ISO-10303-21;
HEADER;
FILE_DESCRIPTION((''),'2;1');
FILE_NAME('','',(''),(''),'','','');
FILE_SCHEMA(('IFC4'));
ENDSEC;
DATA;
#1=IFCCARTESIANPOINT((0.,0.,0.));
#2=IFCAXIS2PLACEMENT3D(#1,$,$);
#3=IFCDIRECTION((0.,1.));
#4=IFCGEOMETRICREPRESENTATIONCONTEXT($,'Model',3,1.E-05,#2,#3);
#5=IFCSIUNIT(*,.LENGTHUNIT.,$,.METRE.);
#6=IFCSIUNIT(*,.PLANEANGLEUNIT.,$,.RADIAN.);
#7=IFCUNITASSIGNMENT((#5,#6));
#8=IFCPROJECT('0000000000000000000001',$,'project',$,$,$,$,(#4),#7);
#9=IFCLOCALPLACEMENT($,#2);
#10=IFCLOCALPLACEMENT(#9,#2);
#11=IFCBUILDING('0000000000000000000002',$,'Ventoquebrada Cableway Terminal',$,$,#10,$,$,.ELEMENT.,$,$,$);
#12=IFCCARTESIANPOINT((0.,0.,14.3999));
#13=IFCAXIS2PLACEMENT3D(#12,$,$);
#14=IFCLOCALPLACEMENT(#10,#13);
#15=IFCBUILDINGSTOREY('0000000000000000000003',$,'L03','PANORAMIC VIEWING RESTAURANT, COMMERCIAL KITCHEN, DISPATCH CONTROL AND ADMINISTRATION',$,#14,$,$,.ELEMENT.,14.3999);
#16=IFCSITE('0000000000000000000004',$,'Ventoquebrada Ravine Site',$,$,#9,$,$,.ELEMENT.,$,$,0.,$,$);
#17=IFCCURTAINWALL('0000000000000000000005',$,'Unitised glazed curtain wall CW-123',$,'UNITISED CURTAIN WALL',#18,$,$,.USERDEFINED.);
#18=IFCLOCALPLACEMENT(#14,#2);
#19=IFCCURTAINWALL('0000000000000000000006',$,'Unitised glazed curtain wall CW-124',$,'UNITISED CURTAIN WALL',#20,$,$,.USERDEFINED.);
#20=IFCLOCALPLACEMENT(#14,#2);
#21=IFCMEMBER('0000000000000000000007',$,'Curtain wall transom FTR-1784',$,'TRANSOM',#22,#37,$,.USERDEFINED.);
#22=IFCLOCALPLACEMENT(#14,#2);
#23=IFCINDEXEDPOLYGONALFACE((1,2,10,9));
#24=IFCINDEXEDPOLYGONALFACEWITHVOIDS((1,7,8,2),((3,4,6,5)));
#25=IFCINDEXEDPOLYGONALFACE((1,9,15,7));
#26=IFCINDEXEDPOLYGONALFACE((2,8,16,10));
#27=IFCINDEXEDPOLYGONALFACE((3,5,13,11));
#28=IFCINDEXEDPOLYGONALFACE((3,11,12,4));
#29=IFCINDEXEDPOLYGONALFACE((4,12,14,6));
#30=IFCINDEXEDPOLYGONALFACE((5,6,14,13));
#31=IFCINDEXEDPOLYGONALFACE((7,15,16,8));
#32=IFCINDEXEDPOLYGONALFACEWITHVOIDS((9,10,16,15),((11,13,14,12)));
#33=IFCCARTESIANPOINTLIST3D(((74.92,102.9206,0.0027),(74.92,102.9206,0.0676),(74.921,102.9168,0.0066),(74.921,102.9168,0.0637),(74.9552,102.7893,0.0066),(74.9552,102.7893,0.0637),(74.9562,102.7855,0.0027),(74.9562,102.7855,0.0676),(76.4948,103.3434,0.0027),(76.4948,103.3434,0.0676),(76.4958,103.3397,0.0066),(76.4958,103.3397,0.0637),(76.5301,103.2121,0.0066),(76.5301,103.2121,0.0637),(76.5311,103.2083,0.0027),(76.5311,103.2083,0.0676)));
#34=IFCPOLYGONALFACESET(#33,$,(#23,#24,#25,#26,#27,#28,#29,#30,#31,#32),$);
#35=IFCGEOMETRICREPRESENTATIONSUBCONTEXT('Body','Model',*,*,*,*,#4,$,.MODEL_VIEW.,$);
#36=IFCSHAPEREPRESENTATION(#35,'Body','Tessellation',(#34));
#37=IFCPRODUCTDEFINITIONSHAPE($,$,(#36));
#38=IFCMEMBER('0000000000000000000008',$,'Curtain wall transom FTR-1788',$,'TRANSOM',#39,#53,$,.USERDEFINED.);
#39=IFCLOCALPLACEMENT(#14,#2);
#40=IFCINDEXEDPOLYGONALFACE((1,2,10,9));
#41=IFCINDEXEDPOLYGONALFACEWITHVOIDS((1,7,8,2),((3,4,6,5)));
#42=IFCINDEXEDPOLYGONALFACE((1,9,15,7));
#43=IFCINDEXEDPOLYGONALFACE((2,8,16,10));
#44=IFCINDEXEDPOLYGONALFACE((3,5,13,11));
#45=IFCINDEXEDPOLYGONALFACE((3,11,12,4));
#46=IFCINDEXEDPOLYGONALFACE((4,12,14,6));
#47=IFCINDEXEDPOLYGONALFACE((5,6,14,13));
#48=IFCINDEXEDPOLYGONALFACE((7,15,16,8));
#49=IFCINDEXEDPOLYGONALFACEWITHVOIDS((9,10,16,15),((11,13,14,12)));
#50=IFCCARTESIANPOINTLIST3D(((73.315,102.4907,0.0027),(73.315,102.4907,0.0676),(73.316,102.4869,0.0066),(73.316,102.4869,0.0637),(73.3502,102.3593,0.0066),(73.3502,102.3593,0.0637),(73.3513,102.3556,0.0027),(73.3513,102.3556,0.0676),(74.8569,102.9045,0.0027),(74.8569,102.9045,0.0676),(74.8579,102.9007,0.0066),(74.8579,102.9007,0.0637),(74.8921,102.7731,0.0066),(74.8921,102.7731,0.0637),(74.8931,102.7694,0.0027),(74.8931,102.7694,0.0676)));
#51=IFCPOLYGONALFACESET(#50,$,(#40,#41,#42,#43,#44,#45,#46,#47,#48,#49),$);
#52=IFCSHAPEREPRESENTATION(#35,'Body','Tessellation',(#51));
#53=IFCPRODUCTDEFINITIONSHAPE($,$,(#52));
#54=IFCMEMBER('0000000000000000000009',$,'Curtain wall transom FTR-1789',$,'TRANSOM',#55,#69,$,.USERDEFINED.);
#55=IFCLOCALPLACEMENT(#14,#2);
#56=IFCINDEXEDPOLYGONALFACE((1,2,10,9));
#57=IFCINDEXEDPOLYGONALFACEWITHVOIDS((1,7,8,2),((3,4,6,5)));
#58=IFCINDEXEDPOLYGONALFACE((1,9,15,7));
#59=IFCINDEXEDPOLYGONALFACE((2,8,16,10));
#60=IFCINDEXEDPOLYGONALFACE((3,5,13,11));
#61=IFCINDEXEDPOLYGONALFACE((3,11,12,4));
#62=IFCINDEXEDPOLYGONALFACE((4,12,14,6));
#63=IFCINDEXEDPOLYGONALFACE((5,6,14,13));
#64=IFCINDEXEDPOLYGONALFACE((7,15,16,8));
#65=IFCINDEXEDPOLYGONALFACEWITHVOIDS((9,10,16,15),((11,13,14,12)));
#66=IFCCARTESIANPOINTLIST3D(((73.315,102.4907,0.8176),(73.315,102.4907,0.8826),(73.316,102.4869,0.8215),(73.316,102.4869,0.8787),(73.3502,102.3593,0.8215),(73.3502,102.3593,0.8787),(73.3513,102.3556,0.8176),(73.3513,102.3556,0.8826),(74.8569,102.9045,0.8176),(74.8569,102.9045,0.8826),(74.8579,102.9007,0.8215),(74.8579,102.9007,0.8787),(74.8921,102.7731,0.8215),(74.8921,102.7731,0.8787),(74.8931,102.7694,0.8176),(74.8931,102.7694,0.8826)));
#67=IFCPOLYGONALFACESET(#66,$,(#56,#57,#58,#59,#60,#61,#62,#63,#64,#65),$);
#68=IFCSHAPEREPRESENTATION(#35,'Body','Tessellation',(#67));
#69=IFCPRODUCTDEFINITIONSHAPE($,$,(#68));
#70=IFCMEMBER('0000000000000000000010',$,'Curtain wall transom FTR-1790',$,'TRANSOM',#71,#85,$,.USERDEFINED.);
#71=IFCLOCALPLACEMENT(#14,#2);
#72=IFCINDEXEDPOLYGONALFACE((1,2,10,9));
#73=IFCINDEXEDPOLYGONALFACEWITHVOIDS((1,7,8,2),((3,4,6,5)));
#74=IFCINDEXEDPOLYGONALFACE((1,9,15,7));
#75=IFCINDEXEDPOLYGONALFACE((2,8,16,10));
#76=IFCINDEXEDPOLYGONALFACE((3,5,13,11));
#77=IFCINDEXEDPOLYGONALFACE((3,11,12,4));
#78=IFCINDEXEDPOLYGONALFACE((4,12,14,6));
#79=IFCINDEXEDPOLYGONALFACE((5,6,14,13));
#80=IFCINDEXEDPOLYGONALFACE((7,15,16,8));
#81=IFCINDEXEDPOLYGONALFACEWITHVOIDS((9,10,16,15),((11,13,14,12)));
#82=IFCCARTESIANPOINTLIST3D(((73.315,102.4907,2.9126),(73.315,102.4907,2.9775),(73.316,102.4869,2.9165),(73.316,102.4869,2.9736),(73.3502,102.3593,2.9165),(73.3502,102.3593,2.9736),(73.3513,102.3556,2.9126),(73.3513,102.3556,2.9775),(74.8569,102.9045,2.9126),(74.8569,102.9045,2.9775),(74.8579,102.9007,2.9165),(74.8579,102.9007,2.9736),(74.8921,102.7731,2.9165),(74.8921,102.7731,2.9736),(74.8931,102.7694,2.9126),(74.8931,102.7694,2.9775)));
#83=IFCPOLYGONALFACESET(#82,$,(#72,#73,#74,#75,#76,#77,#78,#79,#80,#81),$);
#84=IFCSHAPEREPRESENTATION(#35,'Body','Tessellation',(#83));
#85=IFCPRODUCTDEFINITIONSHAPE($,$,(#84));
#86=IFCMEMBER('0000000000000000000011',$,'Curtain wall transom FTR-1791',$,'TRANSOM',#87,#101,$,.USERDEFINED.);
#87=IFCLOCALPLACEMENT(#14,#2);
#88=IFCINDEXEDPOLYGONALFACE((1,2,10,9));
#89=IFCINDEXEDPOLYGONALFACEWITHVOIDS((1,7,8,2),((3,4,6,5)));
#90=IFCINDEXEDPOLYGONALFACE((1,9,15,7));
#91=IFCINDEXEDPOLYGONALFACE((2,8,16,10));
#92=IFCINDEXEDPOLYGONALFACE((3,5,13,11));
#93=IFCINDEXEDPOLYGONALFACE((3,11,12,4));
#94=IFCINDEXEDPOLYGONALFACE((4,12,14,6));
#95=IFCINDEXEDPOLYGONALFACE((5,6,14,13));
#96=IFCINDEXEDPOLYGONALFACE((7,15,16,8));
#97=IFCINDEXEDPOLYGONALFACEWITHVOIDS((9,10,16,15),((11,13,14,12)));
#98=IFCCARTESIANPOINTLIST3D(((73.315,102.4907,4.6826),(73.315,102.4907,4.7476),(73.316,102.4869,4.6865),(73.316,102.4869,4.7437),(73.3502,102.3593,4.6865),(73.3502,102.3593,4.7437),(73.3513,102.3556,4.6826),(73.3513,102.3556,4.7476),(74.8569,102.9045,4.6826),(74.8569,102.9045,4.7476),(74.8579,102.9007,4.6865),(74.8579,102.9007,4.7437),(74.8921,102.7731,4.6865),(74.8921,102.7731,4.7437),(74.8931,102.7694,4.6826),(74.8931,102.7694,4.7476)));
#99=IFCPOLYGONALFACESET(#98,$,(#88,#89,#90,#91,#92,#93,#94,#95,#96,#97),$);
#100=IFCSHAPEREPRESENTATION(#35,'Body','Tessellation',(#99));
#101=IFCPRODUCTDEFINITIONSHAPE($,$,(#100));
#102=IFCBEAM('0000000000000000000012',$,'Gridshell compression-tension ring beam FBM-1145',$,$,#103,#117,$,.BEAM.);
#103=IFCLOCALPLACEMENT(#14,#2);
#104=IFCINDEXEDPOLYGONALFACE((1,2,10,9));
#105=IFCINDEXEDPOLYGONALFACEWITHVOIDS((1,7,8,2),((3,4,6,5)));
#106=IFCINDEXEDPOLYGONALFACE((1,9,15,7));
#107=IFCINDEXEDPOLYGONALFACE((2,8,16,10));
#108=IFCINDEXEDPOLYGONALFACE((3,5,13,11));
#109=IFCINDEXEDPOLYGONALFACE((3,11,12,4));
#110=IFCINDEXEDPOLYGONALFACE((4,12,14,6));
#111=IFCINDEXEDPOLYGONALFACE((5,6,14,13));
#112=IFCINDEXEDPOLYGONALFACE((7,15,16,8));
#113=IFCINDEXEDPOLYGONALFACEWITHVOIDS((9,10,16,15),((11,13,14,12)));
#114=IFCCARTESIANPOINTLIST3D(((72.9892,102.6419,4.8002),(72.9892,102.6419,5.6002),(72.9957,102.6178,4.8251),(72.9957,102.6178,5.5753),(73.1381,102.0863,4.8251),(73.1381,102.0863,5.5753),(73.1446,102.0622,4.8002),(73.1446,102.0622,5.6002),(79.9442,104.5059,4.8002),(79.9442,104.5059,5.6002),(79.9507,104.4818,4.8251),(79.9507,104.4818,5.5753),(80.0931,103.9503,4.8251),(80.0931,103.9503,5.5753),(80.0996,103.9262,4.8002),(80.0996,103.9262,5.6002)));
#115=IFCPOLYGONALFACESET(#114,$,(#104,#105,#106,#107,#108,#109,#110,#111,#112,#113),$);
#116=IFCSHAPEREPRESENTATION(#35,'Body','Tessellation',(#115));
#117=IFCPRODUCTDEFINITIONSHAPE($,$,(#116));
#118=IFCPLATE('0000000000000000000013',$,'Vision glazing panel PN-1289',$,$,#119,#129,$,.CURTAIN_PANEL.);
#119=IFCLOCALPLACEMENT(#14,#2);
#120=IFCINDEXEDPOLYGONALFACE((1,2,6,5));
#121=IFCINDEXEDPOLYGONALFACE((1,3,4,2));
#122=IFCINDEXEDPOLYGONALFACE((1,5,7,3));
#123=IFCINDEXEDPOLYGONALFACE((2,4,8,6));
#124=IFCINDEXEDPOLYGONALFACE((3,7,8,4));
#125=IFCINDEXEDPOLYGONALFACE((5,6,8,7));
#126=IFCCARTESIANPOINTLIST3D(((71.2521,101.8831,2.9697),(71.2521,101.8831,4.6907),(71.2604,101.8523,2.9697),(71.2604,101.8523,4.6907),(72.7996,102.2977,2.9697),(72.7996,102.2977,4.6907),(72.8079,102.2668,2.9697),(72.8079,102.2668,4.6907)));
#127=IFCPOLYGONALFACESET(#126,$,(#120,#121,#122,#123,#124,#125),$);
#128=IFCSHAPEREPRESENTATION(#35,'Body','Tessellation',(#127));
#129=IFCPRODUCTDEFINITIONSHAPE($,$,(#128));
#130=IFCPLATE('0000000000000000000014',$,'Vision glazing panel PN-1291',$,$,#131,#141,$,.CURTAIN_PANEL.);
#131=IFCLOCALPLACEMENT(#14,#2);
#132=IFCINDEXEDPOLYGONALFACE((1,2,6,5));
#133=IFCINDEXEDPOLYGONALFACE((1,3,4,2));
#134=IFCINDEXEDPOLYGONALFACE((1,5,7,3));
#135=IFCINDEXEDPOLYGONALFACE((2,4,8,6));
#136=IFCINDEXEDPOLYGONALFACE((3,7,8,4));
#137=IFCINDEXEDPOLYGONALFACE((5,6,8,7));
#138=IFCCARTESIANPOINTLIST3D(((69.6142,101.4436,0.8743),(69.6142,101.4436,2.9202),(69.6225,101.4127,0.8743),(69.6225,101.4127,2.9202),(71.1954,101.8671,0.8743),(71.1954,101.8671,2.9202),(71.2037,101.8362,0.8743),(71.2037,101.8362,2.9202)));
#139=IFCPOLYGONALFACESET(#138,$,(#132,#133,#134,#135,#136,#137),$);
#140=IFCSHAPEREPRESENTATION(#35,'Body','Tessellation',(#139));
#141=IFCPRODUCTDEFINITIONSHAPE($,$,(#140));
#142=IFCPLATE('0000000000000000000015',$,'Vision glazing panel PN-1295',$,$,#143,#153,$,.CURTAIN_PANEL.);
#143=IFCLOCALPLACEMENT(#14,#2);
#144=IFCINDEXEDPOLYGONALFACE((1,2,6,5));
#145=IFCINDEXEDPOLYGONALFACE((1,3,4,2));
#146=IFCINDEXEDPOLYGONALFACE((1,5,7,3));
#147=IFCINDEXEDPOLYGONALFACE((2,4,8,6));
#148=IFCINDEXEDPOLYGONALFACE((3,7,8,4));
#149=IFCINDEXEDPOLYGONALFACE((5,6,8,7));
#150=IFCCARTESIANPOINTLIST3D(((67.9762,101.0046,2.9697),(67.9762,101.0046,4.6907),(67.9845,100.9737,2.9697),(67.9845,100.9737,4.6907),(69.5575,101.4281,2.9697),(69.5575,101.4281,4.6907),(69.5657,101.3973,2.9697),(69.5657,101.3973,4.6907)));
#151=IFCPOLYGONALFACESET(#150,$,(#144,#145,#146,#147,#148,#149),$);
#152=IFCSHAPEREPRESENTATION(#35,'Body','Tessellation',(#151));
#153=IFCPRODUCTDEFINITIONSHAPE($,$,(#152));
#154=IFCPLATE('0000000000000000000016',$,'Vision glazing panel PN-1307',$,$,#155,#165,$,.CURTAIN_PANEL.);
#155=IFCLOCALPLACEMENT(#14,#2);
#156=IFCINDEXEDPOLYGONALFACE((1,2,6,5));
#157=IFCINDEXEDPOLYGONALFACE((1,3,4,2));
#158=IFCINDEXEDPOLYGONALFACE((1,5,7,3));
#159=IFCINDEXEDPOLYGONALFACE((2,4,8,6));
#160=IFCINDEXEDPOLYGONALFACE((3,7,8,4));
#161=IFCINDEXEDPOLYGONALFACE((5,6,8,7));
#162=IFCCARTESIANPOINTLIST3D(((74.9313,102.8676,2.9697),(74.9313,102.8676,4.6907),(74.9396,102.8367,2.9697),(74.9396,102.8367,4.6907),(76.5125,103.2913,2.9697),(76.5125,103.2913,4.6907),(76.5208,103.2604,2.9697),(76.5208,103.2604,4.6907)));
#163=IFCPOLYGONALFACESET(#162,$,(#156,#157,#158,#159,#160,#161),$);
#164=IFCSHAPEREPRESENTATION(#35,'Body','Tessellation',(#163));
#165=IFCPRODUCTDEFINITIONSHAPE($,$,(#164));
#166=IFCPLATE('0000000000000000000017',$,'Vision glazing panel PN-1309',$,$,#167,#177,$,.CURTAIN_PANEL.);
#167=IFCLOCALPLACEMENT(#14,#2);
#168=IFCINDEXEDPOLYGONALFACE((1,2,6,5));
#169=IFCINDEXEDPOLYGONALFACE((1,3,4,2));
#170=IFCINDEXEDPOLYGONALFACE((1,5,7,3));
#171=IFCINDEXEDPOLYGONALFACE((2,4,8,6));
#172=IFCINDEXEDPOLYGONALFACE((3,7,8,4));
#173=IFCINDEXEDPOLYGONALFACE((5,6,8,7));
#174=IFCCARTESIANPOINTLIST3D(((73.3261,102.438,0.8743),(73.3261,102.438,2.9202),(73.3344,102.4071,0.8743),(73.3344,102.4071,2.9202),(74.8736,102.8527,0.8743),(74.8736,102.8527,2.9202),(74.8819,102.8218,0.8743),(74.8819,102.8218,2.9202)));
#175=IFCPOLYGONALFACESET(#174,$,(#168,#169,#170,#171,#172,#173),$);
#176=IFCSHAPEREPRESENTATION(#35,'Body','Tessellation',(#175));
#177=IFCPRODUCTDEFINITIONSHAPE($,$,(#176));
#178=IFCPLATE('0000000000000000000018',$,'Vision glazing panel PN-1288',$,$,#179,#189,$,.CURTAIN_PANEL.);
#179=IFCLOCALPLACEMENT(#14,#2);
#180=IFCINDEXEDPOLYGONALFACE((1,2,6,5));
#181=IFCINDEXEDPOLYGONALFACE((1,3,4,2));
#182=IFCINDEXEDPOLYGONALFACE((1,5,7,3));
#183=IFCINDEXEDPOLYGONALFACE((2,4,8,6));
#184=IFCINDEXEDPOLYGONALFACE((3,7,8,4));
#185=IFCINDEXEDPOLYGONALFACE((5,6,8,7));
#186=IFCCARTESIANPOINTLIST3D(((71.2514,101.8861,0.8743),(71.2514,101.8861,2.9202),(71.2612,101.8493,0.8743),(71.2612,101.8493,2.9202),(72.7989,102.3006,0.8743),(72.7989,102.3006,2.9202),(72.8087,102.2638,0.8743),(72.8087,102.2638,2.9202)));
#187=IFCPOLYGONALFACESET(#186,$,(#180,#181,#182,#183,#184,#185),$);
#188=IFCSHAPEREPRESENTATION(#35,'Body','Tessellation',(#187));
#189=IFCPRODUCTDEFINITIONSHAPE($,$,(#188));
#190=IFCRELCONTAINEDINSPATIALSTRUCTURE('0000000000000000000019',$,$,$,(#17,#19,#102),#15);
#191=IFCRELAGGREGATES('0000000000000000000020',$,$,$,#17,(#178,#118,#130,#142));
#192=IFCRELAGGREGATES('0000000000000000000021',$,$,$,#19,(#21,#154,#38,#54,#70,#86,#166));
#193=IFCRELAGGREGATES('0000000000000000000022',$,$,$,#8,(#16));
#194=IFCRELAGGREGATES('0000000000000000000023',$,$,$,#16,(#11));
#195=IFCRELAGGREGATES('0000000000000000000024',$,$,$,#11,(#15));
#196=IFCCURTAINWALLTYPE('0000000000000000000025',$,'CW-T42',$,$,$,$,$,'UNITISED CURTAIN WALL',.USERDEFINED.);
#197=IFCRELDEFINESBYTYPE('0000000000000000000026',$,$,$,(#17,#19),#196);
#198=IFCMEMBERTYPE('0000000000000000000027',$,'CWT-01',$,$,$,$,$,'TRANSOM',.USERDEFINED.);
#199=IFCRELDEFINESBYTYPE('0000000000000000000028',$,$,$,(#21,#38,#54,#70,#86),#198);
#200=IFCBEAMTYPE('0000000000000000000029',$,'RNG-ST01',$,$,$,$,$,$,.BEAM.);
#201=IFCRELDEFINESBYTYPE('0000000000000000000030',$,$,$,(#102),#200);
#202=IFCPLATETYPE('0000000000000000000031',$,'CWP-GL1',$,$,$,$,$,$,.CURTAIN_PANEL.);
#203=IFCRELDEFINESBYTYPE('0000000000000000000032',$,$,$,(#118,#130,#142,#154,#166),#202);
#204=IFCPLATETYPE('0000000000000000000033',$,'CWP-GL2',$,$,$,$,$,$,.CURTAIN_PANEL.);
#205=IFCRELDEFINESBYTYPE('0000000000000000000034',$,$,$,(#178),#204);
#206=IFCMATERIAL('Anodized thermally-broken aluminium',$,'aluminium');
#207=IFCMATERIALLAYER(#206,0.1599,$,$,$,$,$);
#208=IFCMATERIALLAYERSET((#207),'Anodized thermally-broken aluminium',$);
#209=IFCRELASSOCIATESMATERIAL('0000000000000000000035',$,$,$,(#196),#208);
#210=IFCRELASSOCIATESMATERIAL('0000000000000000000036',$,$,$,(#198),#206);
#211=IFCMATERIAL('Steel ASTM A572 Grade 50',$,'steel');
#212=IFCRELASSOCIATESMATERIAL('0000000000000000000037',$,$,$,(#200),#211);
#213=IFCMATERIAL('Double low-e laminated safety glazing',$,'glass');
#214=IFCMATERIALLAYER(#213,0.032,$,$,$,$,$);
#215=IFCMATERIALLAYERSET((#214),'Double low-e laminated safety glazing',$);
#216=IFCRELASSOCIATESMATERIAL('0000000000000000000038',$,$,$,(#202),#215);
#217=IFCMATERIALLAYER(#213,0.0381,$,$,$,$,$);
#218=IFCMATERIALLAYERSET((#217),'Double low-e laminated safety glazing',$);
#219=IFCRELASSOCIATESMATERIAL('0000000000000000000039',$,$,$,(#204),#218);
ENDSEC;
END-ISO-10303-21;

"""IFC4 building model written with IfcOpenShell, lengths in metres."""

from ifc_helpers import new_model, si_unit, direction, frame, origin, origin_2d, place, context, subcontext, project, spatial, rectangle, hollow_rectangle, extrude, material, layer, layer_set, material_profile, profile_set, type_object, element, aggregate, save


model = new_model("IFC4")

# Units and contexts
model_context = context("Model", 3, precision=1e-05, world=origin(), true_north=direction((0.0, 1.0)))
body_context = subcontext(model_context, "Body", "Model", "MODEL_VIEW")
ifc_project = project(units=[si_unit("LENGTHUNIT", "METRE"), si_unit("PLANEANGLEUNIT", "RADIAN")], contexts=[model_context])

# Site, building, storey
site_placement = place(None, origin())
site = spatial("IfcSite", under=ifc_project, at=site_placement, Name="Ventoquebrada Ravine Site", CompositionType="ELEMENT", RefElevation=0.0)
building_placement = place(site_placement, origin())
building = spatial("IfcBuilding", under=site, at=building_placement, Name="Ventoquebrada Cableway Terminal", CompositionType="ELEMENT")
storey_placement = place(building_placement, frame((0.0, 0.0, 14.3999)))
storey = spatial("IfcBuildingStorey", under=building, at=storey_placement, Name="L03", Description="PANORAMIC VIEWING RESTAURANT, COMMERCIAL KITCHEN, DISPATCH CONTROL AND ADMINISTRATION", CompositionType="ELEMENT", Elevation=14.3999)

# Curtain walls
ifc_material_1 = material(Name="Anodized thermally-broken aluminium", Category="aluminium")
ifc_layer_1 = layer(ifc_material_1, 0.1599)
ifc_layer_set_1 = layer_set([ifc_layer_1], Name="Anodized thermally-broken aluminium")
curtain_wall_type = type_object("IfcCurtainWallType", Name="CW-T42", ElementType="UNITISED CURTAIN WALL", PredefinedType="USERDEFINED", material=ifc_layer_set_1)
curtain_wall_1_placement = place(storey_placement, origin())
curtain_wall_1 = element("IfcCurtainWall", 1, at=curtain_wall_1_placement, inside=storey, type_object=curtain_wall_type, Name="Unitised glazed curtain wall CW-123", ObjectType="UNITISED CURTAIN WALL", PredefinedType="USERDEFINED")
curtain_wall_2_placement = place(storey_placement, origin())
curtain_wall_2 = element("IfcCurtainWall", 2, at=curtain_wall_2_placement, inside=storey, type_object=curtain_wall_type, Name="Unitised glazed curtain wall CW-124", ObjectType="UNITISED CURTAIN WALL", PredefinedType="USERDEFINED")

# Members
ifc_material_profile_1 = material_profile(ifc_material_1, hollow_rectangle(XDim=0.0649, YDim=0.1399, WallThickness=0.0039, at=origin_2d()), Name="CW-TRN-65X140")
ifc_profile_set_1 = profile_set([ifc_material_profile_1], Name="Anodized thermally-broken aluminium")
member_type_1 = type_object("IfcMemberType", Name="CWT-01", ElementType="TRANSOM", PredefinedType="USERDEFINED", material=ifc_profile_set_1)
member_1_placement = place(storey_placement, frame((76.5129, 103.2759, 0.0352), z_axis=(-0.965796, -0.259302, 0.0), x_axis=(0.0, 0.0, 1.0)))
member_1 = element("IfcMember", 3, at=member_1_placement, type_object=member_type_1, Name="Curtain wall transom FTR-1784", ObjectType="TRANSOM", PredefinedType="USERDEFINED", context=body_context, shape_type="SweptSolid", body=[
    extrude(hollow_rectangle(XDim=0.0649, YDim=0.1399, WallThickness=0.0039, at=origin_2d()), origin(), (0.0, 0.0, 1.0), 1.6306),
])
member_2_placement = place(storey_placement, frame((74.875, 102.8369, 0.0352), z_axis=(-0.965825, -0.259195, 0.0), x_axis=(0.0, 0.0, 1.0)))
member_2 = element("IfcMember", 4, at=member_2_placement, type_object=member_type_1, Name="Curtain wall transom FTR-1788", ObjectType="TRANSOM", PredefinedType="USERDEFINED", context=body_context, shape_type="SweptSolid", body=[
    extrude(hollow_rectangle(XDim=0.0649, YDim=0.1399, WallThickness=0.0039, at=origin_2d()), origin(), (0.0, 0.0, 1.0), 1.5964),
])
member_3_placement = place(storey_placement, frame((74.875, 102.8369, 0.8501), z_axis=(-0.965825, -0.259195, 0.0), x_axis=(0.0, 0.0, 1.0)))
member_3 = element("IfcMember", 5, at=member_3_placement, type_object=member_type_1, Name="Curtain wall transom FTR-1789", ObjectType="TRANSOM", PredefinedType="USERDEFINED", context=body_context, shape_type="SweptSolid", body=[
    extrude(hollow_rectangle(XDim=0.0649, YDim=0.1399, WallThickness=0.0039, at=origin_2d()), origin(), (0.0, 0.0, 1.0), 1.5964),
])
member_4_placement = place(storey_placement, frame((74.875, 102.8369, 2.9451), z_axis=(-0.965825, -0.259195, 0.0), x_axis=(0.0, 0.0, 1.0)))
member_4 = element("IfcMember", 6, at=member_4_placement, type_object=member_type_1, Name="Curtain wall transom FTR-1790", ObjectType="TRANSOM", PredefinedType="USERDEFINED", context=body_context, shape_type="SweptSolid", body=[
    extrude(hollow_rectangle(XDim=0.0649, YDim=0.1399, WallThickness=0.0039, at=origin_2d()), origin(), (0.0, 0.0, 1.0), 1.5964),
])
member_5_placement = place(storey_placement, frame((74.875, 102.8369, 4.7151), z_axis=(-0.965825, -0.259195, 0.0), x_axis=(0.0, 0.0, 1.0)))
member_5 = element("IfcMember", 7, at=member_5_placement, type_object=member_type_1, Name="Curtain wall transom FTR-1791", ObjectType="TRANSOM", PredefinedType="USERDEFINED", context=body_context, shape_type="SweptSolid", body=[
    extrude(hollow_rectangle(XDim=0.0649, YDim=0.1399, WallThickness=0.0039, at=origin_2d()), origin(), (0.0, 0.0, 1.0), 1.5964),
])

# Beam
ifc_material_2 = material(Name="Steel ASTM A572 Grade 50", Category="steel")
ifc_material_profile_2 = material_profile(ifc_material_2, hollow_rectangle(XDim=0.6001, YDim=0.8, WallThickness=0.0249, at=origin_2d()), Name="BOX600X800X25")
ifc_profile_set_2 = profile_set([ifc_material_profile_2], Name="Steel ASTM A572 Grade 50")
beam_type = type_object("IfcBeamType", Name="RNG-ST01", PredefinedType="BEAM", material=ifc_profile_set_2)
beam_placement = place(storey_placement, frame((73.0669, 102.3521, 5.2002), z_axis=(0.965912, 0.258872, 0.0), x_axis=(-0.258872, 0.965912, 0.0)))
element("IfcBeam", 8, at=beam_placement, inside=storey, type_object=beam_type, Name="Gridshell compression-tension ring beam FBM-1145", PredefinedType="BEAM", context=body_context, shape_type="SweptSolid", body=[
    extrude(hollow_rectangle(XDim=0.6001, YDim=0.8, WallThickness=0.0249, at=origin_2d()), origin(), (0.0, 0.0, 1.0), 7.2004),
])

# Plates
ifc_material_3 = material(Name="Double low-e laminated safety glazing", Category="glass")
ifc_layer_2 = layer(ifc_material_3, 0.032)
ifc_layer_set_2 = layer_set([ifc_layer_2], Name="Double low-e laminated safety glazing")
plate_type_1 = type_object("IfcPlateType", Name="CWP-GL1", PredefinedType="CURTAIN_PANEL", material=ifc_layer_set_2)
plate_1_placement = place(storey_placement, frame((72.03, 102.075, 2.9697), z_axis=(0.0, 0.0, 1.0), x_axis=(-0.965948, -0.258735, 0.0)))
plate_1 = element("IfcPlate", 9, at=plate_1_placement, type_object=plate_type_1, Name="Vision glazing panel PN-1289", PredefinedType="CURTAIN_PANEL", context=body_context, shape_type="SweptSolid", body=[
    extrude(rectangle(XDim=1.6021, YDim=0.032, at=origin_2d()), origin(), (0.0, 0.0, 1.0), 1.7209),
])
plate_2_placement = place(storey_placement, frame((70.4089, 101.6399, 0.8743), z_axis=(0.0, 0.0, 1.0), x_axis=(-0.965948, -0.258735, 0.0)))
plate_2 = element("IfcPlate", 10, at=plate_2_placement, type_object=plate_type_1, Name="Vision glazing panel PN-1291", PredefinedType="CURTAIN_PANEL", context=body_context, shape_type="SweptSolid", body=[
    extrude(rectangle(XDim=1.637, YDim=0.032, at=origin_2d()), origin(), (0.0, 0.0, 1.0), 2.0459),
])
plate_3_placement = place(storey_placement, frame((68.771, 101.2009, 2.9697), z_axis=(0.0, 0.0, 1.0), x_axis=(-0.965948, -0.258735, 0.0)))
plate_3 = element("IfcPlate", 11, at=plate_3_placement, type_object=plate_type_1, Name="Vision glazing panel PN-1295", PredefinedType="CURTAIN_PANEL", context=body_context, shape_type="SweptSolid", body=[
    extrude(rectangle(XDim=1.637, YDim=0.032, at=origin_2d()), origin(), (0.0, 0.0, 1.0), 1.7209),
])
plate_4_placement = place(storey_placement, frame((75.7261, 103.064, 2.9697), z_axis=(0.0, 0.0, 1.0), x_axis=(-0.965921, -0.258836, 0.0)))
plate_4 = element("IfcPlate", 12, at=plate_4_placement, type_object=plate_type_1, Name="Vision glazing panel PN-1307", PredefinedType="CURTAIN_PANEL", context=body_context, shape_type="SweptSolid", body=[
    extrude(rectangle(XDim=1.637, YDim=0.032, at=origin_2d()), origin(), (0.0, 0.0, 1.0), 1.7209),
])
plate_5_placement = place(storey_placement, frame((74.104, 102.6299, 0.8743), z_axis=(0.0, 0.0, 1.0), x_axis=(-0.965921, -0.258836, 0.0)))
plate_5 = element("IfcPlate", 13, at=plate_5_placement, type_object=plate_type_1, Name="Vision glazing panel PN-1309", PredefinedType="CURTAIN_PANEL", context=body_context, shape_type="SweptSolid", body=[
    extrude(rectangle(XDim=1.6021, YDim=0.032, at=origin_2d()), origin(), (0.0, 0.0, 1.0), 2.0459),
])
ifc_layer_3 = layer(ifc_material_3, 0.0381)
ifc_layer_set_3 = layer_set([ifc_layer_3], Name="Double low-e laminated safety glazing")
plate_type_2 = type_object("IfcPlateType", Name="CWP-GL2", PredefinedType="CURTAIN_PANEL", material=ifc_layer_set_3)
plate_6_placement = place(storey_placement, frame((72.03, 102.075, 0.8743), z_axis=(0.0, 0.0, 1.0), x_axis=(-0.965948, -0.258735, 0.0)))
plate_6 = element("IfcPlate", 14, at=plate_6_placement, type_object=plate_type_2, Name="Vision glazing panel PN-1288", PredefinedType="CURTAIN_PANEL", context=body_context, shape_type="SweptSolid", body=[
    extrude(rectangle(XDim=1.6021, YDim=0.0381, at=origin_2d()), origin(), (0.0, 0.0, 1.0), 2.0459),
])
aggregate(curtain_wall_1, [plate_6, plate_1, plate_2, plate_3])
aggregate(curtain_wall_2, [member_1, plate_4, member_2, member_3, member_4, member_5, plate_5])

save(model, "model.ifc")
